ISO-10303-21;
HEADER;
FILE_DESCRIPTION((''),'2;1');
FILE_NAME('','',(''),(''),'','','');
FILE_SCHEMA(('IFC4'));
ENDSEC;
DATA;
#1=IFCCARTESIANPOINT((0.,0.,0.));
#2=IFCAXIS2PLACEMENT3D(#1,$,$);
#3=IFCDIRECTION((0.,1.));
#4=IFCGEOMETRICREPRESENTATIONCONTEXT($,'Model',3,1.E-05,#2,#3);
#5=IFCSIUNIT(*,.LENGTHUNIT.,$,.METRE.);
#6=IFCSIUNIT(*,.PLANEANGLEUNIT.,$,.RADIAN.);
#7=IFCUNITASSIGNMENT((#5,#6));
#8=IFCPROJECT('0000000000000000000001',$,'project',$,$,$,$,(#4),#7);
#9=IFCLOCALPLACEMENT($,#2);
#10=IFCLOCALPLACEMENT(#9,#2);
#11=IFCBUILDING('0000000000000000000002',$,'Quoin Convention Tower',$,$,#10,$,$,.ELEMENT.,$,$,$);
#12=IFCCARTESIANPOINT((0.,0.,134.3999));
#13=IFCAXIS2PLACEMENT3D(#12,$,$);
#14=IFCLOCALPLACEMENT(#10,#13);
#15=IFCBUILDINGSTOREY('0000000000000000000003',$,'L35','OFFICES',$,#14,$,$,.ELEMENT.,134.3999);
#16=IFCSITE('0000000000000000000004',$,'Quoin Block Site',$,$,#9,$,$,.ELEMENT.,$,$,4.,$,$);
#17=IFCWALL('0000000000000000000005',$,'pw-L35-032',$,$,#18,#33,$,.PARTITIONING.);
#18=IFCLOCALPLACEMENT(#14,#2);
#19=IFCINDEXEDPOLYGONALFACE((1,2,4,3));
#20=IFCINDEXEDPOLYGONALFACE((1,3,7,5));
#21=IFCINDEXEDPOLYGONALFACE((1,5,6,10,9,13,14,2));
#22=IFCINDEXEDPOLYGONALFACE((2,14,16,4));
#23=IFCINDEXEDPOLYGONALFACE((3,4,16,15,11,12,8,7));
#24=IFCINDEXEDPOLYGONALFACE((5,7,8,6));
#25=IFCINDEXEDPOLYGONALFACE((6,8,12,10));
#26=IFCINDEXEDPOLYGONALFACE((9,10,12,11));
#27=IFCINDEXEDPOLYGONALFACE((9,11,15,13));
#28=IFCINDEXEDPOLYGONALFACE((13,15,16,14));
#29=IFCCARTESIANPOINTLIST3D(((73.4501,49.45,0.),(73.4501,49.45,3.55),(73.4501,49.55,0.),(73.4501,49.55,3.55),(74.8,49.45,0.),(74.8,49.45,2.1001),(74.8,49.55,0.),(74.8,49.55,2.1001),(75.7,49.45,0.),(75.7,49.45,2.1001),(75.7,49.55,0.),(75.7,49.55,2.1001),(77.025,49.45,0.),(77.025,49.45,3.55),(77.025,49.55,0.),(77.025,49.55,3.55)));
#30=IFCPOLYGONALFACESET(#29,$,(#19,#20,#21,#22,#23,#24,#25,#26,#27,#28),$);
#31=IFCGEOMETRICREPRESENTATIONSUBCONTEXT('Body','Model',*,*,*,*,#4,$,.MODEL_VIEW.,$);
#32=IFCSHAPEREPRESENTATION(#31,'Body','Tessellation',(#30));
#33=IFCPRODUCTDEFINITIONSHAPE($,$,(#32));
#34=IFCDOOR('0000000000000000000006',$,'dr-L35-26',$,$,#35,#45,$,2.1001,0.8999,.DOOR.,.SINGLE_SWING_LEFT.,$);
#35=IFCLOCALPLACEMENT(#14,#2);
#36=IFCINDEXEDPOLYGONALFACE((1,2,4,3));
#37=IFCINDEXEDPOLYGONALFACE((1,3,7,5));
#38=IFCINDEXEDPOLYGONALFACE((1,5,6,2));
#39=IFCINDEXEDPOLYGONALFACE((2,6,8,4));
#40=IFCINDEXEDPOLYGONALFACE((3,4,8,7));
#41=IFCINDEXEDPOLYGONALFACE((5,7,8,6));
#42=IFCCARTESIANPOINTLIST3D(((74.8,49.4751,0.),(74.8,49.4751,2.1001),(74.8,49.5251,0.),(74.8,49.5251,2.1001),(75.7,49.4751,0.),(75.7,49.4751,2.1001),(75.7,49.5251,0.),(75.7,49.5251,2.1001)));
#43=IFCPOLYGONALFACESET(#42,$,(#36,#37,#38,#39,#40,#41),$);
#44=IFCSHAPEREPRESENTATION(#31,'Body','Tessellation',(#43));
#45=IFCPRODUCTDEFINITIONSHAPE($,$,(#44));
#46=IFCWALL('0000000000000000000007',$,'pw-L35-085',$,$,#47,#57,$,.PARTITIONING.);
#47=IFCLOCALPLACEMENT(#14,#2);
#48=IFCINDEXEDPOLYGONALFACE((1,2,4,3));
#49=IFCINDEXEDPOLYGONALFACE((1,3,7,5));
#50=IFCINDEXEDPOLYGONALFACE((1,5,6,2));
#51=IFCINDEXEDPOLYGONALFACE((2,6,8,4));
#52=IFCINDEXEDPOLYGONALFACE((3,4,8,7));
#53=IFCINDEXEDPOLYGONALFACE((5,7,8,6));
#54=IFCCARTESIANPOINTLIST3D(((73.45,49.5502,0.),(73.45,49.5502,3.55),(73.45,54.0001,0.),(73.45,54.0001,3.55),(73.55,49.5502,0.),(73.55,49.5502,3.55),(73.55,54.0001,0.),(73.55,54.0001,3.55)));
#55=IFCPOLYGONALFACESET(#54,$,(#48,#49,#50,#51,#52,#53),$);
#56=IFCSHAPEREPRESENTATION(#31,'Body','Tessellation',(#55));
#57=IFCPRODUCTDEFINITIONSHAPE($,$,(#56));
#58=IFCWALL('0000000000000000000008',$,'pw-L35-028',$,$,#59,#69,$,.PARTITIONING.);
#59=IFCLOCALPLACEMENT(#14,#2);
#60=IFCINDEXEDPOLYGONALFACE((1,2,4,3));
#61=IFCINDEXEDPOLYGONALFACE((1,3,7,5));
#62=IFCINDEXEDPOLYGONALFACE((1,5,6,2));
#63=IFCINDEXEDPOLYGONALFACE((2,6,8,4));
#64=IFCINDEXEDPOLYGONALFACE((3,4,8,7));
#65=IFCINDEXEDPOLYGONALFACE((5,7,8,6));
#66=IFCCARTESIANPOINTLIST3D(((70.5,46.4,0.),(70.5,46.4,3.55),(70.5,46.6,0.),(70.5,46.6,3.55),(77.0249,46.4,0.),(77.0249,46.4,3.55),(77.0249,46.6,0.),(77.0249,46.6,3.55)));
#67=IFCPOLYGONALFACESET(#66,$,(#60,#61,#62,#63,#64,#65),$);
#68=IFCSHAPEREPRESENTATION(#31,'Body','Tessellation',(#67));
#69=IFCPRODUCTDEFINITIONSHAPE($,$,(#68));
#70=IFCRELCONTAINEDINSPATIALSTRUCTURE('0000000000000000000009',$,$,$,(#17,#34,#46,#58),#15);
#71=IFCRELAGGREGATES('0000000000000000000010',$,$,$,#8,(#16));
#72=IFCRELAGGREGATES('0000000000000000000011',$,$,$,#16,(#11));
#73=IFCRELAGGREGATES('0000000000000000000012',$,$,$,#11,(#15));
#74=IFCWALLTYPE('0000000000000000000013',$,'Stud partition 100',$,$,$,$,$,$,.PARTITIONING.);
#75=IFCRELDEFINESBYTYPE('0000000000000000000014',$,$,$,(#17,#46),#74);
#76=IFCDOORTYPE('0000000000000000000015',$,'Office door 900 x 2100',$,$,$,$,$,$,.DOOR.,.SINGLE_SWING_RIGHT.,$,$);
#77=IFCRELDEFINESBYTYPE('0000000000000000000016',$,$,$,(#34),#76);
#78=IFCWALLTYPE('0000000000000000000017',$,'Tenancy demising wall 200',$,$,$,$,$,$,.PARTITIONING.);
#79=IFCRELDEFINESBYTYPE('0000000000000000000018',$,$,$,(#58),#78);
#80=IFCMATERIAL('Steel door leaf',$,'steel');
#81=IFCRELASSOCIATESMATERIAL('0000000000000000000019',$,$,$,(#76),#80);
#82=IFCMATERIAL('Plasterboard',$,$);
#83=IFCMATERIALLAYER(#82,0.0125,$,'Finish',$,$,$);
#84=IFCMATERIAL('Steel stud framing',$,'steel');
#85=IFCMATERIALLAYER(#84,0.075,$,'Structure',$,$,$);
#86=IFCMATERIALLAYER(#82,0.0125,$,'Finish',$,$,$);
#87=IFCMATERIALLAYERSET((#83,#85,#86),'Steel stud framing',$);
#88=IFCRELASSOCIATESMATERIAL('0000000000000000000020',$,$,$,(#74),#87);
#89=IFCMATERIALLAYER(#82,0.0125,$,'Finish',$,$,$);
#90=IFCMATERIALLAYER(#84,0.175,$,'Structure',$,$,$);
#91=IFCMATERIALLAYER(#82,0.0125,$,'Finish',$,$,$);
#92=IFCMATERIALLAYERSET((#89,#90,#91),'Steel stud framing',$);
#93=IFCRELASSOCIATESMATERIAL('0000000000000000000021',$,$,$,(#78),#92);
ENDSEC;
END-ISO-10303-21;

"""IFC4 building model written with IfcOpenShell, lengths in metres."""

from ifc_helpers import new_model, si_unit, direction, frame, frame_2d, origin, place, context, subcontext, project, spatial, rectangle, extrude, material, layer, layer_set, type_object, element, fill, save


model = new_model("IFC4")

# Units and contexts
model_context = context("Model", 3, precision=1e-05, world=origin(), true_north=direction((0.0, 1.0)))
body_context = subcontext(model_context, "Body", "Model", "MODEL_VIEW")
ifc_project = project(units=[si_unit("LENGTHUNIT", "METRE"), si_unit("PLANEANGLEUNIT", "RADIAN")], contexts=[model_context])

# Site, building, storey
site_placement = place(None, origin())
site = spatial("IfcSite", under=ifc_project, at=site_placement, Name="Quoin Block Site", CompositionType="ELEMENT", RefElevation=4.0)
building_placement = place(site_placement, origin())
building = spatial("IfcBuilding", under=site, at=building_placement, Name="Quoin Convention Tower", CompositionType="ELEMENT")
storey_placement = place(building_placement, frame((0.0, 0.0, 134.3999)))
storey = spatial("IfcBuildingStorey", under=building, at=storey_placement, Name="L35", Description="OFFICES", CompositionType="ELEMENT", Elevation=134.3999)

# Shared definitions
ifc_material_1 = material(Name="Plasterboard")
ifc_material_2 = material(Name="Steel stud framing", Category="steel")
ifc_material_3 = material(Name="Steel door leaf", Category="steel")
door_type_1 = type_object("IfcDoorType", Name="Office door 900 x 2100", OperationType="SINGLE_SWING_RIGHT", PredefinedType="DOOR", material=ifc_material_3)

# Wall, opening, door
ifc_layer_1 = layer(ifc_material_1, 0.0125, Name="Finish")
ifc_layer_2 = layer(ifc_material_2, 0.075, Name="Structure")
ifc_layer_3 = layer(ifc_material_1, 0.0125, Name="Finish")
ifc_layer_set_1 = layer_set([ifc_layer_1, ifc_layer_2, ifc_layer_3], Name="Steel stud framing")
wall_type_1 = type_object("IfcWallType", Name="Stud partition 100", PredefinedType="PARTITIONING", material=ifc_layer_set_1)
wall_1_placement = place(storey_placement, frame((73.45, 49.5, 0.0), z_axis=(0.0, 0.0, 1.0), x_axis=(1.0, 0.0, 0.0)))
wall_1 = element("IfcWall", 1, at=wall_1_placement, inside=storey, type_object=wall_type_1, Name="pw-L35-032", PredefinedType="PARTITIONING", context=body_context, shape_type="SweptSolid", body=[
    extrude(rectangle(XDim=3.575, YDim=0.1001, at=frame_2d((1.7876, 0.0))), origin(), (0.0, 0.0, 1.0), 3.55),
])
opening_1_placement = place(wall_1_placement, frame((1.3501, 0.0, 0.0)))
opening_1 = element("IfcOpeningElement", 2, at=opening_1_placement, cuts=wall_1, PredefinedType="OPENING", context=body_context, shape_type="SweptSolid", body=[
    extrude(rectangle(XDim=0.8999, YDim=2.1001, at=frame_2d((0.45, 1.05))), frame((0.0, 0.0601, 0.0), z_axis=(0.0, -1.0, 0.0), x_axis=(1.0, 0.0, 0.0)), (0.0, 0.0, 1.0), 0.1201),
])
door_1_placement = place(opening_1_placement, frame((0.8999, 0.0, 0.0), z_axis=(0.0, 0.0, 1.0), x_axis=(-1.0, 0.0, 0.0)))
door_1 = element("IfcDoor", 3, at=door_1_placement, inside=storey, type_object=door_type_1, Name="dr-L35-26", OperationType="SINGLE_SWING_LEFT", OverallHeight=2.1001, OverallWidth=0.8999, PredefinedType="DOOR", context=body_context, shape_type="SweptSolid", body=[
    extrude(rectangle(XDim=0.8999, YDim=2.1001, at=frame_2d((0.45, 1.05))), frame((0.0, 0.0249, 0.0), z_axis=(0.0, -1.0, 0.0), x_axis=(1.0, 0.0, 0.0)), (0.0, 0.0, 1.0), 0.05),
])
fill(opening_1, door_1)

# Walls
wall_2_placement = place(storey_placement, frame((73.5, 49.55, 0.0), z_axis=(0.0, 0.0, 1.0), x_axis=(0.0, 1.0, 0.0)))
element("IfcWall", 4, at=wall_2_placement, inside=storey, type_object=wall_type_1, Name="pw-L35-085", PredefinedType="PARTITIONING", context=body_context, shape_type="SweptSolid", body=[
    extrude(rectangle(XDim=4.45, YDim=0.1001, at=frame_2d((2.2251, 0.0))), origin(), (0.0, 0.0, 1.0), 3.55),
])
ifc_layer_4 = layer(ifc_material_1, 0.0125, Name="Finish")
ifc_layer_5 = layer(ifc_material_2, 0.175, Name="Structure")
ifc_layer_6 = layer(ifc_material_1, 0.0125, Name="Finish")
ifc_layer_set_2 = layer_set([ifc_layer_4, ifc_layer_5, ifc_layer_6], Name="Steel stud framing")
wall_type_2 = type_object("IfcWallType", Name="Tenancy demising wall 200", PredefinedType="PARTITIONING", material=ifc_layer_set_2)
wall_3_placement = place(storey_placement, frame((70.5, 46.5, 0.0), z_axis=(0.0, 0.0, 1.0), x_axis=(1.0, 0.0, 0.0)))
element("IfcWall", 5, at=wall_3_placement, inside=storey, type_object=wall_type_2, Name="pw-L35-028", PredefinedType="PARTITIONING", context=body_context, shape_type="SweptSolid", body=[
    extrude(rectangle(XDim=6.5249, YDim=0.2, at=frame_2d((3.2625, 0.0))), origin(), (0.0, 0.0, 1.0), 3.55),
])

save(model, "model.ifc")
